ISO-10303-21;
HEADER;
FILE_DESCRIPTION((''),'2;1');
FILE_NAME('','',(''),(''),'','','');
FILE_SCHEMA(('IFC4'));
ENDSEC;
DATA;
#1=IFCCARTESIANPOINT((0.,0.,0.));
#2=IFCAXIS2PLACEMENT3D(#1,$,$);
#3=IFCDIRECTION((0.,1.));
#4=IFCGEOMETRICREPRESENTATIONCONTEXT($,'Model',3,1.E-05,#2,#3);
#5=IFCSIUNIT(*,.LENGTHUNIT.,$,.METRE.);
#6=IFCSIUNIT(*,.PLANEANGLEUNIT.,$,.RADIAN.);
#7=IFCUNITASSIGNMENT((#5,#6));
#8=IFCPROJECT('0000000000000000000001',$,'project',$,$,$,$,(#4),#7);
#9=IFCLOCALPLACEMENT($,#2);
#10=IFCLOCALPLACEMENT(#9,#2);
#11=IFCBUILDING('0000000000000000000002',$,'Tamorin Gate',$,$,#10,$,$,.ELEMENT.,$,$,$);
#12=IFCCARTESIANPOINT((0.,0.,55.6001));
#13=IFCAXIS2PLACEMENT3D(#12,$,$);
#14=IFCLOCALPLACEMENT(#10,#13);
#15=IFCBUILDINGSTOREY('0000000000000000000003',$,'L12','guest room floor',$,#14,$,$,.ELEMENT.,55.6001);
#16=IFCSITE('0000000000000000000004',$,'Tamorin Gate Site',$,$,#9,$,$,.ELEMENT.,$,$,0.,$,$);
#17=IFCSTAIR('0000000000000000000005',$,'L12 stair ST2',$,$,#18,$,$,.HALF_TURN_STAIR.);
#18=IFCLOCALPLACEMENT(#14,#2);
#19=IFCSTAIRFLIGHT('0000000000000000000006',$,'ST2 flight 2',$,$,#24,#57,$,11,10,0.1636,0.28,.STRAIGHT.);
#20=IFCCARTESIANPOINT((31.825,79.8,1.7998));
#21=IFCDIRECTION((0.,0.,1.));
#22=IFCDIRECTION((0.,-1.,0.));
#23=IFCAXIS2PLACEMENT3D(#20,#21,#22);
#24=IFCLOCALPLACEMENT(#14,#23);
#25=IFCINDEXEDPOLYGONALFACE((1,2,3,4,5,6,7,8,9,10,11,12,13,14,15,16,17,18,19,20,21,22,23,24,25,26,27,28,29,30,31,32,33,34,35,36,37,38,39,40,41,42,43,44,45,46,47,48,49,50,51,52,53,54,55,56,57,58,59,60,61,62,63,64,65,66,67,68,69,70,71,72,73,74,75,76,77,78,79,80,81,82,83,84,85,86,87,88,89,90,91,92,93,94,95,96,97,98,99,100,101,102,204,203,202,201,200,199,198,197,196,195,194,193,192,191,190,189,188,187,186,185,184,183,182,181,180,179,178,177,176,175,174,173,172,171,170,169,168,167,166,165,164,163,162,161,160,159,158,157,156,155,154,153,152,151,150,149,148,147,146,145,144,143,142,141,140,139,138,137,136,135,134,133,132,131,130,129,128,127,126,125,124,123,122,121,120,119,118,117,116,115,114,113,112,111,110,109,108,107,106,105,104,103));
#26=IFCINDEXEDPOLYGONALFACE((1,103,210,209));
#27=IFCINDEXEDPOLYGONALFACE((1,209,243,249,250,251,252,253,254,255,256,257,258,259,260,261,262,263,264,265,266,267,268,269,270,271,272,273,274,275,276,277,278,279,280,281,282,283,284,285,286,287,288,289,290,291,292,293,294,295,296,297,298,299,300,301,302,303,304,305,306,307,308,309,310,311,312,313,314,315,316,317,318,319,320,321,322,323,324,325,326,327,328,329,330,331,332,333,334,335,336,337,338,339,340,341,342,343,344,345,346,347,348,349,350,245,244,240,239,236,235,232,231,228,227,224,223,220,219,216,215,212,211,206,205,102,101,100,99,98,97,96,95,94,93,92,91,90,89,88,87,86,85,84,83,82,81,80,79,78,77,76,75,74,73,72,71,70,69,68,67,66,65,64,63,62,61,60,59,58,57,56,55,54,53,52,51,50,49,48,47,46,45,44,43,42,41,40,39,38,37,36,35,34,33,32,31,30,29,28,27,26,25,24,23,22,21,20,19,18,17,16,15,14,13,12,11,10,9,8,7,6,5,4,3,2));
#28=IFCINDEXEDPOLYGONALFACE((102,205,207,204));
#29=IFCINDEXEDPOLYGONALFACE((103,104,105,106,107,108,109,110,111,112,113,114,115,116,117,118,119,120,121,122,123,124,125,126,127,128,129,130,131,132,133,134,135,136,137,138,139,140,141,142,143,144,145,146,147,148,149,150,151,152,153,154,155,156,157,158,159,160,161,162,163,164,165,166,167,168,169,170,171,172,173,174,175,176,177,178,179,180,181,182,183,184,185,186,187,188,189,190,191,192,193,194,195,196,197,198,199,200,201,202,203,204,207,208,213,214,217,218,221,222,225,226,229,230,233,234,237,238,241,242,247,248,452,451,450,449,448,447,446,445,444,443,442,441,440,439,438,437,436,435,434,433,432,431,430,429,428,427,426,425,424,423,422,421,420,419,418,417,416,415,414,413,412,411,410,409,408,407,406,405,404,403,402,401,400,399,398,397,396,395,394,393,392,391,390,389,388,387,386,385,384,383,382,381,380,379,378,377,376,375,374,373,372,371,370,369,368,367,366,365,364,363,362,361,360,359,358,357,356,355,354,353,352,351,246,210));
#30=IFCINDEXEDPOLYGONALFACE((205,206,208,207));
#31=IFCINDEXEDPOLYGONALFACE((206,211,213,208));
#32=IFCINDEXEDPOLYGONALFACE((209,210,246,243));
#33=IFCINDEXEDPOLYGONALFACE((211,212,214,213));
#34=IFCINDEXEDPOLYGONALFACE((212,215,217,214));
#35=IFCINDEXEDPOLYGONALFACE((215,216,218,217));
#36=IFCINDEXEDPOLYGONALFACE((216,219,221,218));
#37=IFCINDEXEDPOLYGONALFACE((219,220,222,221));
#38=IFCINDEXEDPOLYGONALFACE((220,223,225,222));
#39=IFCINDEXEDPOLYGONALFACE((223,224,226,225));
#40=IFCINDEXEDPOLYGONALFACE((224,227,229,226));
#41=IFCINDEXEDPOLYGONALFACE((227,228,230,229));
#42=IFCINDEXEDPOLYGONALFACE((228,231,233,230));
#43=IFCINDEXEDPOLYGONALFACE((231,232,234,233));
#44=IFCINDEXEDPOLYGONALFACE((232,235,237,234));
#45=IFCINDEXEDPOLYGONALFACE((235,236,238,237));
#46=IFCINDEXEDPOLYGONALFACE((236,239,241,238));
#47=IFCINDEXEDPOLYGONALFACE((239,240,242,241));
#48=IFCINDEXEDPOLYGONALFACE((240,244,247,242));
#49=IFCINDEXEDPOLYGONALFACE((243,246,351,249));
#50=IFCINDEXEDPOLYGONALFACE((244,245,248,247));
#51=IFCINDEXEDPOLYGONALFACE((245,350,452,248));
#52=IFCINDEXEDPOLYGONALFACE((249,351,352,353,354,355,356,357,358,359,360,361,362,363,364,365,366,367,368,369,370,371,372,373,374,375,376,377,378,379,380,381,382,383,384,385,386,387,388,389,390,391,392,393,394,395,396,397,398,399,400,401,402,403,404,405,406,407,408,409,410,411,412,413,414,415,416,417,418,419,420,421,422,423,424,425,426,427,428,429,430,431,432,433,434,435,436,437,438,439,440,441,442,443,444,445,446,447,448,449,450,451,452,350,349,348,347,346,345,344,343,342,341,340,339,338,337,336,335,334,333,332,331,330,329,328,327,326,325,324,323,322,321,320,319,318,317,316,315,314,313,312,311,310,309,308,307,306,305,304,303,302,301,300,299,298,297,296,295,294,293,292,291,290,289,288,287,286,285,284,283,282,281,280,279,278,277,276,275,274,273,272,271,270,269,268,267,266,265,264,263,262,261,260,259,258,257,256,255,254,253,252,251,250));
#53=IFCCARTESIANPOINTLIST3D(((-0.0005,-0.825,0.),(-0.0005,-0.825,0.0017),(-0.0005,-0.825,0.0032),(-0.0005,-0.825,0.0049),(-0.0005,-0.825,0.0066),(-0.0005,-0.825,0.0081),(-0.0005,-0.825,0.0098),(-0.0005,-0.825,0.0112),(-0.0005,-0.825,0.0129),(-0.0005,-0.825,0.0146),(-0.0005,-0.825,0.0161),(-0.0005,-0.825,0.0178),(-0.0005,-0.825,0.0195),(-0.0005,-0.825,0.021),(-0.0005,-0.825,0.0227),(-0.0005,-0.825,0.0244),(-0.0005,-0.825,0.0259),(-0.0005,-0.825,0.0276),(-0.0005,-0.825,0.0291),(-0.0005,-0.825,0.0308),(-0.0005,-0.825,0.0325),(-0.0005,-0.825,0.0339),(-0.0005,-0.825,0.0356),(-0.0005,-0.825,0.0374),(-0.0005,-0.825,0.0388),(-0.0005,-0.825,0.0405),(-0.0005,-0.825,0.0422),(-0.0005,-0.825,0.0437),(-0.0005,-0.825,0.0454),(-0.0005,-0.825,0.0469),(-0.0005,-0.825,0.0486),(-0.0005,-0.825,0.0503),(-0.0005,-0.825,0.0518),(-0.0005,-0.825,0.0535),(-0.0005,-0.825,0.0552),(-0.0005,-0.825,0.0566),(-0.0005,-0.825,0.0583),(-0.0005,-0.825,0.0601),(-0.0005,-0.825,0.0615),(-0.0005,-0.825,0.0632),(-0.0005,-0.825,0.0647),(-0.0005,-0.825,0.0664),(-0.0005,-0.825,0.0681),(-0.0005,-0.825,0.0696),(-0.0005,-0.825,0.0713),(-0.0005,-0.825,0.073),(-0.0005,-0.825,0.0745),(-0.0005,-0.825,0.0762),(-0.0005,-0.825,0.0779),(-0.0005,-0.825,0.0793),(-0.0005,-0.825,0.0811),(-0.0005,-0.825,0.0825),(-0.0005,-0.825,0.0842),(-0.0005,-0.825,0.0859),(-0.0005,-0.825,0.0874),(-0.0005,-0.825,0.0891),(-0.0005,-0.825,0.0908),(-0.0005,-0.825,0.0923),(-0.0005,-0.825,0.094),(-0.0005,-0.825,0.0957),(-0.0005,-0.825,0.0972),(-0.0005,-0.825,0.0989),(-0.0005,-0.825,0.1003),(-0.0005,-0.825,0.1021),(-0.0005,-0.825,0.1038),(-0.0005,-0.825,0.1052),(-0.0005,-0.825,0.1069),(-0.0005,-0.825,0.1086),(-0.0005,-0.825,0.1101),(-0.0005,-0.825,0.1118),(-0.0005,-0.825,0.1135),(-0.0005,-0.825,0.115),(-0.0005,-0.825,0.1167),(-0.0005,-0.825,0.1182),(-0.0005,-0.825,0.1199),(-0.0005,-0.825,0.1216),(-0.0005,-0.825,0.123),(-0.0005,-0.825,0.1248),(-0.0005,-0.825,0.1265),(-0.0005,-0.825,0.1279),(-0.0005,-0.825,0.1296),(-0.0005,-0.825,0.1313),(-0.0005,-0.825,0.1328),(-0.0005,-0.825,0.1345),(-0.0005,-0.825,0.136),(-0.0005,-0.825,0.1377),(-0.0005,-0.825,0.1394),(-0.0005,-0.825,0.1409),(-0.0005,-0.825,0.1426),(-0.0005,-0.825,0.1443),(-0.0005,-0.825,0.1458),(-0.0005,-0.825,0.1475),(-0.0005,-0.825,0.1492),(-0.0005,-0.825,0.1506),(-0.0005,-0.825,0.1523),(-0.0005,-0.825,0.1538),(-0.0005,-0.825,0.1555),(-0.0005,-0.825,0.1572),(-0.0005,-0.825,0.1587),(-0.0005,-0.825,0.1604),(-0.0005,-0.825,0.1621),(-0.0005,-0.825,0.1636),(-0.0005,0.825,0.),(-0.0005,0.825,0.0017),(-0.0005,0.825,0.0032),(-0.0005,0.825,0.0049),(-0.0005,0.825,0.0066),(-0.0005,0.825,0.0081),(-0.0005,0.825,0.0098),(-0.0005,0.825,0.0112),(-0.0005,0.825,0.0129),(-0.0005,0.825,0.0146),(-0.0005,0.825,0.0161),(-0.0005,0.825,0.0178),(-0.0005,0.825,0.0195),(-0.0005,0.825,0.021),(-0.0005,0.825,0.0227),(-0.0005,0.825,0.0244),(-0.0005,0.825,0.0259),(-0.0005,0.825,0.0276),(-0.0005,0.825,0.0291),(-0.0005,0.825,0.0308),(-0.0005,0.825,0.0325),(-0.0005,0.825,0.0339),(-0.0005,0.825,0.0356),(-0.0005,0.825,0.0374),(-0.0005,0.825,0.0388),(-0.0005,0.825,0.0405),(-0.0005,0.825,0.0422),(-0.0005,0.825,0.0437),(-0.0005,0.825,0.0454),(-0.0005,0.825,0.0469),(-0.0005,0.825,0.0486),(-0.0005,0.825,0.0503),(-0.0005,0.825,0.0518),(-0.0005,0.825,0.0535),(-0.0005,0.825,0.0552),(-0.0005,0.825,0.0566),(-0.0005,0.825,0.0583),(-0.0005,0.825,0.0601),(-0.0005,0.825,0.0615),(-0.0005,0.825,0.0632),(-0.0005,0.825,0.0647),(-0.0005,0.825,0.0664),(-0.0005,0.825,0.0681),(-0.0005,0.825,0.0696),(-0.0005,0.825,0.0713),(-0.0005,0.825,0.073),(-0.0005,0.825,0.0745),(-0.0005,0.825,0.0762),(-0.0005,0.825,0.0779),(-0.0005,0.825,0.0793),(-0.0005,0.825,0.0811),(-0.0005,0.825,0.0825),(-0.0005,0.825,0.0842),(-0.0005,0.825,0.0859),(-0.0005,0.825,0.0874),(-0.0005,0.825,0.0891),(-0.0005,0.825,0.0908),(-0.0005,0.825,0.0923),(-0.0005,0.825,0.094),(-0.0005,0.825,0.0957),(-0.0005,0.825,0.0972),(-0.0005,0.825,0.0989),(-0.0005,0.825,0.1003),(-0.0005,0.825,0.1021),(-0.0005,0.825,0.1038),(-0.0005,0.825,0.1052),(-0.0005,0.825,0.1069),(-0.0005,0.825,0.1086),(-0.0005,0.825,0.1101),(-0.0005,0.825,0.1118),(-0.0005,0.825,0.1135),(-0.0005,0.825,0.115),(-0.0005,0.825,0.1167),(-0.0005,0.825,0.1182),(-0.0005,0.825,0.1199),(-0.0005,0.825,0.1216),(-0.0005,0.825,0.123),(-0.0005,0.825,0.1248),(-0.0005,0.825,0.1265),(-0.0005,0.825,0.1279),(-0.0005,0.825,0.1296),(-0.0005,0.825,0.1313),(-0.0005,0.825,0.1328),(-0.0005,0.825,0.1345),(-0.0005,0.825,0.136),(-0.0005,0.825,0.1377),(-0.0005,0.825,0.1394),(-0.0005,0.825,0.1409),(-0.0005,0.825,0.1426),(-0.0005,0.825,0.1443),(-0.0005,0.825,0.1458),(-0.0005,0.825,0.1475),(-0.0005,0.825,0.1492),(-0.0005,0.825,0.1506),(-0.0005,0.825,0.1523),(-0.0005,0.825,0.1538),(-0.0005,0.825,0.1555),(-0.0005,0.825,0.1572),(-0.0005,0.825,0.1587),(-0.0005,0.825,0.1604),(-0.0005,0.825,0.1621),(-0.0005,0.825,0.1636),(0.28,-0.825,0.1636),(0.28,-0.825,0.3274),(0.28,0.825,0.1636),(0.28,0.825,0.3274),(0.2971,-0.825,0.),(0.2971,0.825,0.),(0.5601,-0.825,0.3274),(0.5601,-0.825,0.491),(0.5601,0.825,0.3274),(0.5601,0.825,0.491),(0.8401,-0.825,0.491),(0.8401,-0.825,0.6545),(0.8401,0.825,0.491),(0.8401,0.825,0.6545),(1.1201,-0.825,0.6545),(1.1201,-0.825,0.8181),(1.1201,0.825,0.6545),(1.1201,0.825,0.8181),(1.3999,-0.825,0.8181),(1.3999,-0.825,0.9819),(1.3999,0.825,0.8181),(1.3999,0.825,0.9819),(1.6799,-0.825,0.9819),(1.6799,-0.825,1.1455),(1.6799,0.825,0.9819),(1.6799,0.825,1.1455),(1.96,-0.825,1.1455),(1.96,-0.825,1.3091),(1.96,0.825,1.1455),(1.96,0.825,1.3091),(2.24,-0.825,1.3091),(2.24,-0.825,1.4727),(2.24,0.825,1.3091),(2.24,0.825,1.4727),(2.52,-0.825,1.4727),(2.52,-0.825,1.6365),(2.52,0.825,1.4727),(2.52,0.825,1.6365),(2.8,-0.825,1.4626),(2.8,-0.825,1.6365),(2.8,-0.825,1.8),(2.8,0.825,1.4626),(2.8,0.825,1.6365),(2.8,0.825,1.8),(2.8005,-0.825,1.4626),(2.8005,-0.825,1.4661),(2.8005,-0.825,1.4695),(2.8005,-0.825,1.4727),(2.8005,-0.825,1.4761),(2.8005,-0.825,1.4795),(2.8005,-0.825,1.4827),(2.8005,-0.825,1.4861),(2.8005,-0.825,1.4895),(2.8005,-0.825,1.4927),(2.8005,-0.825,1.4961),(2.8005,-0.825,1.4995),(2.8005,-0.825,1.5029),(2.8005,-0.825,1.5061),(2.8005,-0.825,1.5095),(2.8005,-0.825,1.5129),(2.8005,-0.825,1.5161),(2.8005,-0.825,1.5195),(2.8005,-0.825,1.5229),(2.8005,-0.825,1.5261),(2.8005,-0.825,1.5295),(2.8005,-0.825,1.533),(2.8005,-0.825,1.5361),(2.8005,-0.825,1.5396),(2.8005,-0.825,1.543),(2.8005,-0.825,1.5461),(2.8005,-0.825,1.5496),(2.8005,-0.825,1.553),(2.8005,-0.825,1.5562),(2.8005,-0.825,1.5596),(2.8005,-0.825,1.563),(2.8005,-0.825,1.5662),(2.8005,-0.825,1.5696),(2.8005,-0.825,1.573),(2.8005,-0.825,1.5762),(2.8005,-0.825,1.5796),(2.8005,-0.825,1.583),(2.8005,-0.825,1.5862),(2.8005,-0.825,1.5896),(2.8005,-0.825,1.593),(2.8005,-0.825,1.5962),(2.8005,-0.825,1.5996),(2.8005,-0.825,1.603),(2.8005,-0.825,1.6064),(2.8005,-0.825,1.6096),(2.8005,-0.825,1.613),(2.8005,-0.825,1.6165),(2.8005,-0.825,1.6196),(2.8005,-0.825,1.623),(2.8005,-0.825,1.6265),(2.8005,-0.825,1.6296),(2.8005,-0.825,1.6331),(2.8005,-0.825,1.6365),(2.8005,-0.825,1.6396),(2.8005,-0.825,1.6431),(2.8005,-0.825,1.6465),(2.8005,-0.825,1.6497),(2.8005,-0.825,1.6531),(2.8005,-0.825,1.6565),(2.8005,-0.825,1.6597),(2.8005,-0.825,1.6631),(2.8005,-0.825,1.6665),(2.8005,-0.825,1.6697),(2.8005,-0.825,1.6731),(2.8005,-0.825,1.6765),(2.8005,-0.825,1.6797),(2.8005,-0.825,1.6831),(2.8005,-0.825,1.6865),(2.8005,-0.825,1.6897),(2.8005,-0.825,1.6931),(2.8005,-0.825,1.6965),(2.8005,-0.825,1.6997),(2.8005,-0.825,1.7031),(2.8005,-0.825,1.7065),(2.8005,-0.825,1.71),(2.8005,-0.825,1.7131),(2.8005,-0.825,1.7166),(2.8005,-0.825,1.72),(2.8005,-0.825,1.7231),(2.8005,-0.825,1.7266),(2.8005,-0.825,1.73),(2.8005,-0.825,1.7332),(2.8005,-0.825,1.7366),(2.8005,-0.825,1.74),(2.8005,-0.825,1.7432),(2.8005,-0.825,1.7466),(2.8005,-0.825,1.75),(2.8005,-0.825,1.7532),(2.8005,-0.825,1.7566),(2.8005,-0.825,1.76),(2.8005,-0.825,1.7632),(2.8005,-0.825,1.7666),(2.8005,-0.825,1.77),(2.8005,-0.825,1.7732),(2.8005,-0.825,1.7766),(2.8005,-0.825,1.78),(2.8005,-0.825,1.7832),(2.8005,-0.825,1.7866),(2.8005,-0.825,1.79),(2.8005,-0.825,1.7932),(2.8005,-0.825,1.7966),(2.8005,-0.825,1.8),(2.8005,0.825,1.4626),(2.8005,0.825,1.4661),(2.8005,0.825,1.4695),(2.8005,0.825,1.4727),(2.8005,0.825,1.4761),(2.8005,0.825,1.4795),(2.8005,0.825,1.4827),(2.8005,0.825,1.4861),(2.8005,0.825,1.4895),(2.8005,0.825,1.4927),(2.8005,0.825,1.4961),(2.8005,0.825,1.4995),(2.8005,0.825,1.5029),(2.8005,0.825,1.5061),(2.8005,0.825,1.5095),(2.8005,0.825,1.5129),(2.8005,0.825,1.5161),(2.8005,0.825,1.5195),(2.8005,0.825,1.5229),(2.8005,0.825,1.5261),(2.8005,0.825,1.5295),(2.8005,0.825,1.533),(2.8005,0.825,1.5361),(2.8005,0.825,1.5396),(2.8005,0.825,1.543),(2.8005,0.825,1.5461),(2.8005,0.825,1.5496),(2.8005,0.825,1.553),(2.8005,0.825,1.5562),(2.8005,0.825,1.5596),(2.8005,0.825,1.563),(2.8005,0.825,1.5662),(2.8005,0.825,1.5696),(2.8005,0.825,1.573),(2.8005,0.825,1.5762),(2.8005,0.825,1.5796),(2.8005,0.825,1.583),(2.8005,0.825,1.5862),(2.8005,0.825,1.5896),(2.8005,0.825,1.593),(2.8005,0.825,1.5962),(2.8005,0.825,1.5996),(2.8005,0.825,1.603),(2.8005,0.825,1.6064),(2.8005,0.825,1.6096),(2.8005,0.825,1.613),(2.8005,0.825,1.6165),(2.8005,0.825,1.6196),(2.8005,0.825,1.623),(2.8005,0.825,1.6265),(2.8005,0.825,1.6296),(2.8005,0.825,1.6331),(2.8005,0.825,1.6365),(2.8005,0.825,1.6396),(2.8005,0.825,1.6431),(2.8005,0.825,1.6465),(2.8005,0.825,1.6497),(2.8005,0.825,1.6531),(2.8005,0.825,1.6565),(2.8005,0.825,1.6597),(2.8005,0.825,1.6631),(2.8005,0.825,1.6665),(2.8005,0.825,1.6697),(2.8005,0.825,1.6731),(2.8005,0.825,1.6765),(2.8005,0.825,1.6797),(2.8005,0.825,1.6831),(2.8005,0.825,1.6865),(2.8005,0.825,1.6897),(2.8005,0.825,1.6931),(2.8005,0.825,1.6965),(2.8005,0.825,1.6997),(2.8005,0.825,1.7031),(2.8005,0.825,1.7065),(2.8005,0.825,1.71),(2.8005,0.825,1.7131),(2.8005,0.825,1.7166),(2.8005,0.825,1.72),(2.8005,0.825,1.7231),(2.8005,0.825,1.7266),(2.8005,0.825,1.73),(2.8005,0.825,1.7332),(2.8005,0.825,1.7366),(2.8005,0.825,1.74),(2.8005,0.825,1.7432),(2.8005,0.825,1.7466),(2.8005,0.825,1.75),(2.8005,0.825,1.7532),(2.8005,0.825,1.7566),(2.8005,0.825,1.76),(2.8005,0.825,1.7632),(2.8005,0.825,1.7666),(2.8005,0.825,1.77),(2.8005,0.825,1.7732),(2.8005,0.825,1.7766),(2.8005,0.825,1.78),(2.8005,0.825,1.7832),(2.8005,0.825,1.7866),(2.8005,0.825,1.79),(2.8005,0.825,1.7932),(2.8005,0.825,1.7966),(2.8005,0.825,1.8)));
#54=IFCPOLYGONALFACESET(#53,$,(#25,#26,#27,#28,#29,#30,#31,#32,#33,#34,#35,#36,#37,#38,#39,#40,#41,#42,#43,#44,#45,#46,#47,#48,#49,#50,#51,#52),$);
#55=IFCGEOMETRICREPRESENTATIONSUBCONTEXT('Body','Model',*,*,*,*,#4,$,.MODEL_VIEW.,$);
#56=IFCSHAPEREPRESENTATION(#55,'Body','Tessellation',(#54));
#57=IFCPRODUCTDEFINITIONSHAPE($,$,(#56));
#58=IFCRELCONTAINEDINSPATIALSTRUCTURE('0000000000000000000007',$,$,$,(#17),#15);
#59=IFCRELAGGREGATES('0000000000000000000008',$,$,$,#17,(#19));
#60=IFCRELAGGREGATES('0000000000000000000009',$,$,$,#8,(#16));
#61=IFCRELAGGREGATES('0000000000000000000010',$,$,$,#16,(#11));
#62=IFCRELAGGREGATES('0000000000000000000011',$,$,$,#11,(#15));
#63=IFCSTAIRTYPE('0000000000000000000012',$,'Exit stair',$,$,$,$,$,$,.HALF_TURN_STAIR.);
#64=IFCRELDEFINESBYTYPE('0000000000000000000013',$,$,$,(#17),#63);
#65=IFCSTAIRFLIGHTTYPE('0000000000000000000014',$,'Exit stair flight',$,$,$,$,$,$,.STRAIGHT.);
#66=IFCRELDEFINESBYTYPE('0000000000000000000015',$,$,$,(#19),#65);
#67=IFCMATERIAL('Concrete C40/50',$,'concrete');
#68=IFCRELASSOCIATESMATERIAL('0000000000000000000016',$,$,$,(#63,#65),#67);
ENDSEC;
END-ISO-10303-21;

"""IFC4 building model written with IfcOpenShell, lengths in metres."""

from ifc_helpers import new_model, si_unit, direction, frame, origin, place, context, subcontext, project, spatial, polyline, outline, extrude, material, type_object, element, aggregate, save


model = new_model("IFC4")

# Units and contexts
model_context = context("Model", 3, precision=1e-05, world=origin(), true_north=direction((0.0, 1.0)))
body_context = subcontext(model_context, "Body", "Model", "MODEL_VIEW")
ifc_project = project(units=[si_unit("LENGTHUNIT", "METRE"), si_unit("PLANEANGLEUNIT", "RADIAN")], contexts=[model_context])

# Site, building, storey
site_placement = place(None, origin())
site = spatial("IfcSite", under=ifc_project, at=site_placement, Name="Tamorin Gate Site", CompositionType="ELEMENT", RefElevation=0.0)
building_placement = place(site_placement, origin())
building = spatial("IfcBuilding", under=site, at=building_placement, Name="Tamorin Gate", CompositionType="ELEMENT")
storey_placement = place(building_placement, frame((0.0, 0.0, 55.6001)))
storey = spatial("IfcBuildingStorey", under=building, at=storey_placement, Name="L12", Description="guest room floor", CompositionType="ELEMENT", Elevation=55.6001)

# Shared definitions
ifc_material_1 = material(Name="Concrete C40/50", Category="concrete")

# Stair, stair flight
stair_type = type_object("IfcStairType", Name="Exit stair", PredefinedType="HALF_TURN_STAIR", material=ifc_material_1)
stair_placement = place(storey_placement, origin())
stair = element("IfcStair", 1, at=stair_placement, inside=storey, type_object=stair_type, Name="L12 stair ST2", PredefinedType="HALF_TURN_STAIR")
stair_flight_type = type_object("IfcStairFlightType", Name="Exit stair flight", PredefinedType="STRAIGHT", material=ifc_material_1)
stair_flight_1_placement = place(storey_placement, frame((31.825, 79.8, 1.7998), z_axis=(0.0, 0.0, 1.0), x_axis=(0.0, -1.0, 0.0)))
stair_flight_1 = element("IfcStairFlight", 2, at=stair_flight_1_placement, type_object=stair_flight_type, Name="ST2 flight 2", NumberOfRisers=11, NumberOfTreads=10, PredefinedType="STRAIGHT", RiserHeight=0.1636, TreadLength=0.28, context=body_context, shape_type="SweptSolid", body=[
    extrude(outline(polyline([(-0.0005, 0.0), (-0.0005, 0.0017), (-0.0005, 0.0032), (-0.0005, 0.0049), (-0.0005, 0.0066), (-0.0005, 0.0081), (-0.0005, 0.0098), (-0.0005, 0.0112), (-0.0005, 0.0129), (-0.0005, 0.0146), (-0.0005, 0.0161), (-0.0005, 0.0178), (-0.0005, 0.0195), (-0.0005, 0.021), (-0.0005, 0.0227), (-0.0005, 0.0244), (-0.0005, 0.0259), (-0.0005, 0.0276), (-0.0005, 0.0291), (-0.0005, 0.0308), (-0.0005, 0.0325), (-0.0005, 0.0339), (-0.0005, 0.0356), (-0.0005, 0.0374), (-0.0005, 0.0388), (-0.0005, 0.0405), (-0.0005, 0.0422), (-0.0005, 0.0437), (-0.0005, 0.0454), (-0.0005, 0.0469), (-0.0005, 0.0486), (-0.0005, 0.0503), (-0.0005, 0.0518), (-0.0005, 0.0535), (-0.0005, 0.0552), (-0.0005, 0.0566), (-0.0005, 0.0583), (-0.0005, 0.0601), (-0.0005, 0.0615), (-0.0005, 0.0632), (-0.0005, 0.0647), (-0.0005, 0.0664), (-0.0005, 0.0681), (-0.0005, 0.0696), (-0.0005, 0.0713), (-0.0005, 0.073), (-0.0005, 0.0745), (-0.0005, 0.0762), (-0.0005, 0.0779), (-0.0005, 0.0793), (-0.0005, 0.0811), (-0.0005, 0.0825), (-0.0005, 0.0842), (-0.0005, 0.0859), (-0.0005, 0.0874), (-0.0005, 0.0891), (-0.0005, 0.0908), (-0.0005, 0.0923), (-0.0005, 0.094), (-0.0005, 0.0957), (-0.0005, 0.0972), (-0.0005, 0.0989), (-0.0005, 0.1003), (-0.0005, 0.1021), (-0.0005, 0.1038), (-0.0005, 0.1052), (-0.0005, 0.1069), (-0.0005, 0.1086), (-0.0005, 0.1101), (-0.0005, 0.1118), (-0.0005, 0.1135), (-0.0005, 0.115), (-0.0005, 0.1167), (-0.0005, 0.1182), (-0.0005, 0.1199), (-0.0005, 0.1216), (-0.0005, 0.123), (-0.0005, 0.1248), (-0.0005, 0.1265), (-0.0005, 0.1279), (-0.0005, 0.1296), (-0.0005, 0.1313), (-0.0005, 0.1328), (-0.0005, 0.1345), (-0.0005, 0.136), (-0.0005, 0.1377), (-0.0005, 0.1394), (-0.0005, 0.1409), (-0.0005, 0.1426), (-0.0005, 0.1443), (-0.0005, 0.1458), (-0.0005, 0.1475), (-0.0005, 0.1492), (-0.0005, 0.1506), (-0.0005, 0.1523), (-0.0005, 0.1538), (-0.0005, 0.1555), (-0.0005, 0.1572), (-0.0005, 0.1587), (-0.0005, 0.1604), (-0.0005, 0.1621), (-0.0005, 0.1636), (0.28, 0.1636), (0.28, 0.3274), (0.5601, 0.3274), (0.5601, 0.491), (0.8401, 0.491), (0.8401, 0.6545), (1.1201, 0.6545), (1.1201, 0.8181), (1.3999, 0.8181), (1.3999, 0.9819), (1.6799, 0.9819), (1.6799, 1.1455), (1.96, 1.1455), (1.96, 1.3091), (2.24, 1.3091), (2.24, 1.4727), (2.52, 1.4727), (2.52, 1.6365), (2.8, 1.6365), (2.8, 1.8), (2.8005, 1.8), (2.8005, 1.7966), (2.8005, 1.7932), (2.8005, 1.79), (2.8005, 1.7866), (2.8005, 1.7832), (2.8005, 1.78), (2.8005, 1.7766), (2.8005, 1.7732), (2.8005, 1.77), (2.8005, 1.7666), (2.8005, 1.7632), (2.8005, 1.76), (2.8005, 1.7566), (2.8005, 1.7532), (2.8005, 1.75), (2.8005, 1.7466), (2.8005, 1.7432), (2.8005, 1.74), (2.8005, 1.7366), (2.8005, 1.7332), (2.8005, 1.73), (2.8005, 1.7266), (2.8005, 1.7231), (2.8005, 1.72), (2.8005, 1.7166), (2.8005, 1.7131), (2.8005, 1.71), (2.8005, 1.7065), (2.8005, 1.7031), (2.8005, 1.6997), (2.8005, 1.6965), (2.8005, 1.6931), (2.8005, 1.6897), (2.8005, 1.6865), (2.8005, 1.6831), (2.8005, 1.6797), (2.8005, 1.6765), (2.8005, 1.6731), (2.8005, 1.6697), (2.8005, 1.6665), (2.8005, 1.6631), (2.8005, 1.6597), (2.8005, 1.6565), (2.8005, 1.6531), (2.8005, 1.6497), (2.8005, 1.6465), (2.8005, 1.6431), (2.8005, 1.6396), (2.8005, 1.6365), (2.8005, 1.6331), (2.8005, 1.6296), (2.8005, 1.6265), (2.8005, 1.623), (2.8005, 1.6196), (2.8005, 1.6165), (2.8005, 1.613), (2.8005, 1.6096), (2.8005, 1.6064), (2.8005, 1.603), (2.8005, 1.5996), (2.8005, 1.5962), (2.8005, 1.593), (2.8005, 1.5896), (2.8005, 1.5862), (2.8005, 1.583), (2.8005, 1.5796), (2.8005, 1.5762), (2.8005, 1.573), (2.8005, 1.5696), (2.8005, 1.5662), (2.8005, 1.563), (2.8005, 1.5596), (2.8005, 1.5562), (2.8005, 1.553), (2.8005, 1.5496), (2.8005, 1.5461), (2.8005, 1.543), (2.8005, 1.5396), (2.8005, 1.5361), (2.8005, 1.533), (2.8005, 1.5295), (2.8005, 1.5261), (2.8005, 1.5229), (2.8005, 1.5195), (2.8005, 1.5161), (2.8005, 1.5129), (2.8005, 1.5095), (2.8005, 1.5061), (2.8005, 1.5029), (2.8005, 1.4995), (2.8005, 1.4961), (2.8005, 1.4927), (2.8005, 1.4895), (2.8005, 1.4861), (2.8005, 1.4827), (2.8005, 1.4795), (2.8005, 1.4761), (2.8005, 1.4727), (2.8005, 1.4695), (2.8005, 1.4661), (2.8005, 1.4626), (2.8, 1.4626), (0.2971, 0.0), (-0.0005, 0.0)])), frame((0.0, 0.825, 0.0), z_axis=(0.0, -1.0, 0.0), x_axis=(1.0, 0.0, 0.0)), (0.0, 0.0, 1.0), 1.6499),
])
aggregate(stair, [stair_flight_1])

save(model, "model.ifc")
